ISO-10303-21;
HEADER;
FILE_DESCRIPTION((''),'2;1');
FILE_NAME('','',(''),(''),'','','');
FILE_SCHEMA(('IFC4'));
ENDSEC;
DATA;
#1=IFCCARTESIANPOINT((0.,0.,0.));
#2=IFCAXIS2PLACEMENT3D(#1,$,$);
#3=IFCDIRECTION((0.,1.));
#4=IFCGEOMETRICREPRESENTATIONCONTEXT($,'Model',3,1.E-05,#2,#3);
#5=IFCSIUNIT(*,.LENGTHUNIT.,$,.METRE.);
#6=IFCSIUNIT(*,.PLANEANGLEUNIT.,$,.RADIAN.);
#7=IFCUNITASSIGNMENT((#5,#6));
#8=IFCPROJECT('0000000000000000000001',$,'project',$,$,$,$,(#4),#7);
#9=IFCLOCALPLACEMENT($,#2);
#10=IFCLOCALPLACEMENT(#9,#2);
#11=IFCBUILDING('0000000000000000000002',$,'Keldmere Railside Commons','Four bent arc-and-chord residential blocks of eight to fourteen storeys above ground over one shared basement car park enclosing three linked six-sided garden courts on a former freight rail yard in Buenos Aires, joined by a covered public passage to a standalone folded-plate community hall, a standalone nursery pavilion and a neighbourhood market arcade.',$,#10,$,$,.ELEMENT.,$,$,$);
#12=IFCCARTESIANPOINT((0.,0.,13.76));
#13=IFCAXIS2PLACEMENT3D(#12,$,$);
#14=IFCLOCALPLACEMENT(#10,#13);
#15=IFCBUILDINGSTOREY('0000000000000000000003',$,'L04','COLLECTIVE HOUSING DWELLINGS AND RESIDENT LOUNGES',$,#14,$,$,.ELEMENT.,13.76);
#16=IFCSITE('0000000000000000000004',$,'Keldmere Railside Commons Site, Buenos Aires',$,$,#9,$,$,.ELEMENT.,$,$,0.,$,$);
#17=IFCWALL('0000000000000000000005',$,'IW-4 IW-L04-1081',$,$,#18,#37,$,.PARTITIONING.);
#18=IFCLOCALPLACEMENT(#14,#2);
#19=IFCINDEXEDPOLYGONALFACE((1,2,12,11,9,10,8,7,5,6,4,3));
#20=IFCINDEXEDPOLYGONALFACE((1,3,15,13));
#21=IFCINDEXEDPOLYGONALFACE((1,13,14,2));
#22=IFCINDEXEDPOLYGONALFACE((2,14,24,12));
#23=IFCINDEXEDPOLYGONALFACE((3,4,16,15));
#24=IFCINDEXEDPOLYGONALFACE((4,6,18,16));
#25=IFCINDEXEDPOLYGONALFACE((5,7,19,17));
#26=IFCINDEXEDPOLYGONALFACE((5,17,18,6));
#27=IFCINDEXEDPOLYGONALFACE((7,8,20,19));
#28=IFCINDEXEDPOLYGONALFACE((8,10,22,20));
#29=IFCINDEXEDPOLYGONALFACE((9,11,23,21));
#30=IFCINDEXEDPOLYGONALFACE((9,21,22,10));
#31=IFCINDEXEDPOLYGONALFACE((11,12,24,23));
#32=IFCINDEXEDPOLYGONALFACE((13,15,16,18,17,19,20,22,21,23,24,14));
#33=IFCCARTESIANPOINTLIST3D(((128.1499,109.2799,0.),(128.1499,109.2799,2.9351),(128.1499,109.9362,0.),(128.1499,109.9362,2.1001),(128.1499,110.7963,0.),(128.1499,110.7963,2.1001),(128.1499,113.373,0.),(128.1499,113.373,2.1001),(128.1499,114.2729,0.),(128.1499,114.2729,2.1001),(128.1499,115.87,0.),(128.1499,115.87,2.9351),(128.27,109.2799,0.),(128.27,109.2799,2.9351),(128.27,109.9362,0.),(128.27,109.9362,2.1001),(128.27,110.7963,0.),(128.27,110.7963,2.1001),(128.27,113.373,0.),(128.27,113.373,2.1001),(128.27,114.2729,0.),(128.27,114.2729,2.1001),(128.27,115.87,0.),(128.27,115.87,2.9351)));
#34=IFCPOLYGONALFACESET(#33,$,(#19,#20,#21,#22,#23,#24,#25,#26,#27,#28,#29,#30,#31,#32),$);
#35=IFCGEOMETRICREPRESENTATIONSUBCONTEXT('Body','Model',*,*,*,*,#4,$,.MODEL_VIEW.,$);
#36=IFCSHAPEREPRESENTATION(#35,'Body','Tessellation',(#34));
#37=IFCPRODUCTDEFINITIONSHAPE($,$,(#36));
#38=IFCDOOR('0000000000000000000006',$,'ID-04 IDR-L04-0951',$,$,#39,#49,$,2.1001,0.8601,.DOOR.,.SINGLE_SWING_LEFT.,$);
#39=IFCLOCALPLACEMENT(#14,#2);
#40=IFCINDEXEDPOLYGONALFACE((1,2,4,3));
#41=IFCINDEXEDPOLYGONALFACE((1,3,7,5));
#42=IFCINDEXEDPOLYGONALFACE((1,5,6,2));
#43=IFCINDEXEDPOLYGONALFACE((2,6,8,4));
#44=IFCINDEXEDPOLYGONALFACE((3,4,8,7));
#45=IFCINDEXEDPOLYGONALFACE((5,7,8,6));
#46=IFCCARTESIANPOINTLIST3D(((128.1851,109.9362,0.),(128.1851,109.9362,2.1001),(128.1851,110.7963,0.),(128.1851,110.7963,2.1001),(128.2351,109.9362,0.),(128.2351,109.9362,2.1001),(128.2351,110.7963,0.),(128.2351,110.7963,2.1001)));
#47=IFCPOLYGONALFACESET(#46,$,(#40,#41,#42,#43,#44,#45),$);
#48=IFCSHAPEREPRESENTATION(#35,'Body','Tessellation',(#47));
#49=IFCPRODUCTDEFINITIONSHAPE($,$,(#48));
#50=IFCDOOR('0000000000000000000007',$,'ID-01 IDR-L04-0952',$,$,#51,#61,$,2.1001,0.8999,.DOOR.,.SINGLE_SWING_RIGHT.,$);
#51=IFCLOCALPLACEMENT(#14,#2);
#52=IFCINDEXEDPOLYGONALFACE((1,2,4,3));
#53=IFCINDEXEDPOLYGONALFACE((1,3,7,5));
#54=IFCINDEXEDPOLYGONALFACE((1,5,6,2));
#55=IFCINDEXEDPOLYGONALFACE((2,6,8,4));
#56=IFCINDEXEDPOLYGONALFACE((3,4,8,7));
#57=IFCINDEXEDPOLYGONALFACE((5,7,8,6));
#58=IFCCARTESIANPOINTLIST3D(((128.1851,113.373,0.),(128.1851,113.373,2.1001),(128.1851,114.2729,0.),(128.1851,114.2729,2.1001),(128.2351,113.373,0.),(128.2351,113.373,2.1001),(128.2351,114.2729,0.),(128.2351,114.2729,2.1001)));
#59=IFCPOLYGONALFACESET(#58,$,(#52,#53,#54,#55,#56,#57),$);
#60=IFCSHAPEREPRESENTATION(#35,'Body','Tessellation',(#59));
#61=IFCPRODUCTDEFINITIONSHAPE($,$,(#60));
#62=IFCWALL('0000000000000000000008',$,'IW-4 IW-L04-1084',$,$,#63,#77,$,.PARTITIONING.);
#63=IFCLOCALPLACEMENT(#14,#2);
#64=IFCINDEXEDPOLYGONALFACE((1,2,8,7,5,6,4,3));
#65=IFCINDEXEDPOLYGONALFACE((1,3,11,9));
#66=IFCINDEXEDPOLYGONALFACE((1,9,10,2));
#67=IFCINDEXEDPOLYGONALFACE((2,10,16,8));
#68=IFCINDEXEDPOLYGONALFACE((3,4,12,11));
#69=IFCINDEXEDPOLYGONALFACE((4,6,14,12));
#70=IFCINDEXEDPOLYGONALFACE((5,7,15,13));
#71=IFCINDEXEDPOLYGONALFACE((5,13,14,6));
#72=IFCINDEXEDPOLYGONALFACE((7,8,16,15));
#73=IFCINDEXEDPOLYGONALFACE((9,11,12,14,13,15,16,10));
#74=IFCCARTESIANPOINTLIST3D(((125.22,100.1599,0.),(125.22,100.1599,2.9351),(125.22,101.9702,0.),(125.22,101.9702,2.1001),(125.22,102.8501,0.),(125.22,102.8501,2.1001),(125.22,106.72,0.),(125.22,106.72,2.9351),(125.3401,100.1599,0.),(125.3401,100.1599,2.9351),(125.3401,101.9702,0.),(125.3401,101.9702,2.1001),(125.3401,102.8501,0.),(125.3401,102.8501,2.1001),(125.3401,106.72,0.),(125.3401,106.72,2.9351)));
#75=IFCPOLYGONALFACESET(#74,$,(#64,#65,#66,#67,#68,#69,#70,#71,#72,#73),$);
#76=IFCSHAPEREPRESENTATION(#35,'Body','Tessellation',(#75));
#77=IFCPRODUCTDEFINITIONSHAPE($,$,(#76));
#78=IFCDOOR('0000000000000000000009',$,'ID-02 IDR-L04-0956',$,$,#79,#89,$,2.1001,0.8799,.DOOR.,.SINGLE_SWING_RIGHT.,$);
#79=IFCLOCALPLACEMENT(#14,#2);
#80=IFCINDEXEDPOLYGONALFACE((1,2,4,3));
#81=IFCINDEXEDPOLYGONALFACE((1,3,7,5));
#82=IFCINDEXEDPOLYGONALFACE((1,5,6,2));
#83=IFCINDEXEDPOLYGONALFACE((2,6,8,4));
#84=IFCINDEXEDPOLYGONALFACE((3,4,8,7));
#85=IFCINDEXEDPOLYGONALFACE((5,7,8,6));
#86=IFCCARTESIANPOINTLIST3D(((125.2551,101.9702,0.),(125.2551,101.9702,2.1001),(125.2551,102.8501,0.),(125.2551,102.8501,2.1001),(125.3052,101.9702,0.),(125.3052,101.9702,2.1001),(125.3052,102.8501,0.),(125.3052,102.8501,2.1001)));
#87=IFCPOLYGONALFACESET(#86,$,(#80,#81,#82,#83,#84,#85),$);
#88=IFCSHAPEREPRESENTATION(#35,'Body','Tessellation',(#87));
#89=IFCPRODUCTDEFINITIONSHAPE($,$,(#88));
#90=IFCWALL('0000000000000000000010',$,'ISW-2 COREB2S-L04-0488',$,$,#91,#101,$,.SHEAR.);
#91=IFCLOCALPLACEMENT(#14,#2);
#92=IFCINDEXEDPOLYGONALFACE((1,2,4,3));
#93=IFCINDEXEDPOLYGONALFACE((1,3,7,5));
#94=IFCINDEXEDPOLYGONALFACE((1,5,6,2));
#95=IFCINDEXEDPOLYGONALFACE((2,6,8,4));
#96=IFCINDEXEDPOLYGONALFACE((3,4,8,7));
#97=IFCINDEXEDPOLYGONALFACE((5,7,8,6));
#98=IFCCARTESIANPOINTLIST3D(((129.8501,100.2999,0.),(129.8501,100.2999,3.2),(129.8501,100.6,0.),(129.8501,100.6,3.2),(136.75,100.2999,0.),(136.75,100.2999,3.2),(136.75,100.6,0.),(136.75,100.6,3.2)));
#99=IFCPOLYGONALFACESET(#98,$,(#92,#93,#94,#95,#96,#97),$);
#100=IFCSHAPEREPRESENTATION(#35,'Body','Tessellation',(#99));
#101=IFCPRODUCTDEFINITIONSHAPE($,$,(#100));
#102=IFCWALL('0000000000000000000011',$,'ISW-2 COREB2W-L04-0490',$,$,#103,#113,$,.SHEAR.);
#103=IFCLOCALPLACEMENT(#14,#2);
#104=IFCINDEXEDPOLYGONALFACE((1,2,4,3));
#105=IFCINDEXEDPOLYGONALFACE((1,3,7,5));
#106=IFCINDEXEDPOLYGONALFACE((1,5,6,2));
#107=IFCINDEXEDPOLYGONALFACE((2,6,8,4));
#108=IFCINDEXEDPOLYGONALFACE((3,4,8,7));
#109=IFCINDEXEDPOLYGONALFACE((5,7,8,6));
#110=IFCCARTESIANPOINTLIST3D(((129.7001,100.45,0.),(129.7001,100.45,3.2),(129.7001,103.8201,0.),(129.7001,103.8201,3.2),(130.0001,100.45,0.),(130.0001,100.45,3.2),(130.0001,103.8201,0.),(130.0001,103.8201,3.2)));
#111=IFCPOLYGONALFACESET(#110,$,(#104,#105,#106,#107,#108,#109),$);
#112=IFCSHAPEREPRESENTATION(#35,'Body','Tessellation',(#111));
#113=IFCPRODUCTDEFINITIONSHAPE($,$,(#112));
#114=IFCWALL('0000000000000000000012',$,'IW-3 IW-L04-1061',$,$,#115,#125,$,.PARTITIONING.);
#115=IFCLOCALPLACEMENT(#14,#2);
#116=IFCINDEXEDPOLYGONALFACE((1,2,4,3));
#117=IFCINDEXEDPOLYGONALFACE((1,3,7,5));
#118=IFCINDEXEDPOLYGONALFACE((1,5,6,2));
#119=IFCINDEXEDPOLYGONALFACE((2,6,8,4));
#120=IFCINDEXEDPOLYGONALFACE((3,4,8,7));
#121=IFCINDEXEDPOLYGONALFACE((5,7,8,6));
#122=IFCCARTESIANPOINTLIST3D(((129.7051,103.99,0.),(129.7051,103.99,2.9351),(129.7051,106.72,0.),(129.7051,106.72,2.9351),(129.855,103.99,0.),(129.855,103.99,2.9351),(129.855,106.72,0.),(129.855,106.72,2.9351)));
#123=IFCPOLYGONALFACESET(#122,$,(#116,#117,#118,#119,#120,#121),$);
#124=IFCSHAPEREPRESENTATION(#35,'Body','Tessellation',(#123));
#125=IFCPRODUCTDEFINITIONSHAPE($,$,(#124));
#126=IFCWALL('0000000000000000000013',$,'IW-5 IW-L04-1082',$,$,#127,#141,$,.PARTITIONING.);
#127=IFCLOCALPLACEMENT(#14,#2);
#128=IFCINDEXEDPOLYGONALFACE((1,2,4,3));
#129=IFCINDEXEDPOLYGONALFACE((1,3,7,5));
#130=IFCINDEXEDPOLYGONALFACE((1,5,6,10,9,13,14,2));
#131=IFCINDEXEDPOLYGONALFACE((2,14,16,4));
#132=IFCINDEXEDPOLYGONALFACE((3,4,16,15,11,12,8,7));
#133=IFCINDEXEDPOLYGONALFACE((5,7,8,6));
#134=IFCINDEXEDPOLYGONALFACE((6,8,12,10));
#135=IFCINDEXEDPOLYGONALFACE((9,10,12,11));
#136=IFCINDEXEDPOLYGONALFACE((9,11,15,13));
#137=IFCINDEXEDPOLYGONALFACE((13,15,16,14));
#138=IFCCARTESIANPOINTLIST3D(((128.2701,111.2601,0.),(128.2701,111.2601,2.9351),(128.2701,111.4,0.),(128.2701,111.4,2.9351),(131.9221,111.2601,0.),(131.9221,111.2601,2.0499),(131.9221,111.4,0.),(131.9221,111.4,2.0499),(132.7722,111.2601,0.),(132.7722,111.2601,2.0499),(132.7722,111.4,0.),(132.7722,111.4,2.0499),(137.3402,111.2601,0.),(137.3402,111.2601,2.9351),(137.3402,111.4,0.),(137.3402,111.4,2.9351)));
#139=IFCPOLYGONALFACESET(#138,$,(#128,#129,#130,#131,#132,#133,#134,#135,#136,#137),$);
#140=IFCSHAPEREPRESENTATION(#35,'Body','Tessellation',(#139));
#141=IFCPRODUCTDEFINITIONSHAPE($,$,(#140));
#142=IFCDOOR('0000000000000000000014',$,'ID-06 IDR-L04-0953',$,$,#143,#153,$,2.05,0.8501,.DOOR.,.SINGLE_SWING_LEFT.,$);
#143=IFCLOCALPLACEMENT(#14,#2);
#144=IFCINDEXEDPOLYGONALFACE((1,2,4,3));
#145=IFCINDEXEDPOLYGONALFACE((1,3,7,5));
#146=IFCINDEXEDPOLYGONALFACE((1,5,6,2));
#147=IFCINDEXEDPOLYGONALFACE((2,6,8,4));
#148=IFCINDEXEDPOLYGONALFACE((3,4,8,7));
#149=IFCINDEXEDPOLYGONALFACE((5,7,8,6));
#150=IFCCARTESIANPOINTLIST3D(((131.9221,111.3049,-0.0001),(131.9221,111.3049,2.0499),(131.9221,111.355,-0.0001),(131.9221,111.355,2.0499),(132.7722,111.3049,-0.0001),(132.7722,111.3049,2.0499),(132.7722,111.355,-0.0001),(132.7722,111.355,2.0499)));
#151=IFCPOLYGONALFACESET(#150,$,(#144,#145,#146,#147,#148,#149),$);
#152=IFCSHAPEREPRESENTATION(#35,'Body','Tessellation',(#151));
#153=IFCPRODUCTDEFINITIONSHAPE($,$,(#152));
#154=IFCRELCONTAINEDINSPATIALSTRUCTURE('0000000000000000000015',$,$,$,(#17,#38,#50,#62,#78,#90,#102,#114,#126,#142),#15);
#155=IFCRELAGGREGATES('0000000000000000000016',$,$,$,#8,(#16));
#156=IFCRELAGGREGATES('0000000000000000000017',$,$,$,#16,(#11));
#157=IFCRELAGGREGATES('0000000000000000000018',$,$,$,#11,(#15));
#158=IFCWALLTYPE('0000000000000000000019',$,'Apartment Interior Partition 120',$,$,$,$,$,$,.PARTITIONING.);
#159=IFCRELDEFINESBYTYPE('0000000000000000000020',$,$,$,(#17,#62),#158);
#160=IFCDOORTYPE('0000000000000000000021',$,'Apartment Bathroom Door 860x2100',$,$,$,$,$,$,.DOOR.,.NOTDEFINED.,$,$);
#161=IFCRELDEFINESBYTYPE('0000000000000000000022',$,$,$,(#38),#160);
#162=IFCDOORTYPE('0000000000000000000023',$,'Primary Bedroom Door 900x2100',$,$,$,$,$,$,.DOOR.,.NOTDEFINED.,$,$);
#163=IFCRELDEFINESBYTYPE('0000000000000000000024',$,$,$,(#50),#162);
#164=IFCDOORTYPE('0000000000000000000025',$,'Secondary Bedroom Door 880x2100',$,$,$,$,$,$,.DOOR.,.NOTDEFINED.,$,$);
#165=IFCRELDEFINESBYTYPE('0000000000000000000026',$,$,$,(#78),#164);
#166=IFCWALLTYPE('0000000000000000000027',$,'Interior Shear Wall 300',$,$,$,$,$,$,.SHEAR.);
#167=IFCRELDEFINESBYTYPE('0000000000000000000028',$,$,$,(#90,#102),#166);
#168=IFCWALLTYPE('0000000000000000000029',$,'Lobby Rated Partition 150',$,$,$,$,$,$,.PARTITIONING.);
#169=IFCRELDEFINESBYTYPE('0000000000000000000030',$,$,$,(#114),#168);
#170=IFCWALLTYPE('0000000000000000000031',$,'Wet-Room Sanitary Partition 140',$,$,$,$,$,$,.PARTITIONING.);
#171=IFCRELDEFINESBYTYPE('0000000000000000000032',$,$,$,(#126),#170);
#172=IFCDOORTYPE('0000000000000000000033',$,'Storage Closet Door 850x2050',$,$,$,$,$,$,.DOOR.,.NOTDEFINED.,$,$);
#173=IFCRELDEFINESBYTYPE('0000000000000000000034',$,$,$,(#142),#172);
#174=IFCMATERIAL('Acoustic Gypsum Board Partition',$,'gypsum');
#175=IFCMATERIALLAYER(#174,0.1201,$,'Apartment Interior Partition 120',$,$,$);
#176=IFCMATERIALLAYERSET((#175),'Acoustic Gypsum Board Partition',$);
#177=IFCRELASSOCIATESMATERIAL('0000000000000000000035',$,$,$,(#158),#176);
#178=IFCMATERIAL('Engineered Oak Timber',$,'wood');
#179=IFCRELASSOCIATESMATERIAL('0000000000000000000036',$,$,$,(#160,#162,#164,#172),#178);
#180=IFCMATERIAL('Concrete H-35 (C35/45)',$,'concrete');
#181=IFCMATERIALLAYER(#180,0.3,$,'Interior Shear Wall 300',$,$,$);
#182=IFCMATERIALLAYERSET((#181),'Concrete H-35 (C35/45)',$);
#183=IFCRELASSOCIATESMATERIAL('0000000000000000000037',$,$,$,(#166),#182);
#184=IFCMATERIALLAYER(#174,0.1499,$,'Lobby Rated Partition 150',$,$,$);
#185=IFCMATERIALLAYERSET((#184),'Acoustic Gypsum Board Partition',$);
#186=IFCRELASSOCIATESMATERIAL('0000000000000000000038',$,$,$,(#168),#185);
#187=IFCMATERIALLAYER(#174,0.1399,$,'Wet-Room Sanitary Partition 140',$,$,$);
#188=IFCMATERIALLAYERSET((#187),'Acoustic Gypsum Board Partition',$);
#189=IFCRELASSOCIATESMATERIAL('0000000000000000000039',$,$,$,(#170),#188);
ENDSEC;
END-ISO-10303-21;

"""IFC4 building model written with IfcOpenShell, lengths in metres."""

from ifc_helpers import new_model, si_unit, direction, frame, frame_2d, origin, place, context, subcontext, project, spatial, rectangle, extrude, material, layer, layer_set, type_object, element, fill, save


model = new_model("IFC4")

# Units and contexts
model_context = context("Model", 3, precision=1e-05, world=origin(), true_north=direction((0.0, 1.0)))
body_context = subcontext(model_context, "Body", "Model", "MODEL_VIEW")
ifc_project = project(units=[si_unit("LENGTHUNIT", "METRE"), si_unit("PLANEANGLEUNIT", "RADIAN")], contexts=[model_context])

# Site, building, storey
site_placement = place(None, origin())
site = spatial("IfcSite", under=ifc_project, at=site_placement, Name="Keldmere Railside Commons Site, Buenos Aires", CompositionType="ELEMENT", RefElevation=0.0)
building_placement = place(site_placement, origin())
building = spatial("IfcBuilding", under=site, at=building_placement, Name="Keldmere Railside Commons", Description="Four bent arc-and-chord residential blocks of eight to fourteen storeys above ground over one shared basement car park enclosing three linked six-sided garden courts on a former freight rail yard in Buenos Aires, joined by a covered public passage to a standalone folded-plate community hall, a standalone nursery pavilion and a neighbourhood market arcade.", CompositionType="ELEMENT")
storey_placement = place(building_placement, frame((0.0, 0.0, 13.76)))
storey = spatial("IfcBuildingStorey", under=building, at=storey_placement, Name="L04", Description="COLLECTIVE HOUSING DWELLINGS AND RESIDENT LOUNGES", CompositionType="ELEMENT", Elevation=13.76)

# Shared definitions
ifc_material_1 = material(Name="Concrete H-35 (C35/45)", Category="concrete")

# Wall, openings, doors
ifc_material_2 = material(Name="Acoustic Gypsum Board Partition", Category="gypsum")
ifc_layer_1 = layer(ifc_material_2, 0.1201, Name="Apartment Interior Partition 120")
ifc_layer_set_1 = layer_set([ifc_layer_1], Name="Acoustic Gypsum Board Partition")
wall_type_1 = type_object("IfcWallType", Name="Apartment Interior Partition 120", PredefinedType="PARTITIONING", material=ifc_layer_set_1)
wall_1_placement = place(storey_placement, frame((128.21, 109.28, 0.0), z_axis=(0.0, 0.0, 1.0), x_axis=(0.0, 1.0, 0.0)))
wall_1 = element("IfcWall", 1, at=wall_1_placement, inside=storey, type_object=wall_type_1, Name="IW-4 IW-L04-1081", PredefinedType="PARTITIONING", context=body_context, shape_type="SweptSolid", body=[
    extrude(rectangle(XDim=6.5901, YDim=0.1201, at=frame_2d((3.2949, 0.0))), origin(), (0.0, 0.0, 1.0), 2.9351),
])
opening_1_placement = place(wall_1_placement, frame((0.656, 0.0, 0.0)))
opening_1 = element("IfcOpeningElement", 2, at=opening_1_placement, cuts=wall_1, PredefinedType="OPENING", context=body_context, shape_type="SweptSolid", body=[
    extrude(rectangle(XDim=0.8601, YDim=2.1001, at=frame_2d((0.4302, 1.05))), frame((0.0, 0.0701, 0.0), z_axis=(0.0, -1.0, 0.0), x_axis=(1.0, 0.0, 0.0)), (0.0, 0.0, 1.0), 0.1401),
])
opening_2_placement = place(wall_1_placement, frame((4.093, 0.0, 0.0)))
opening_2 = element("IfcOpeningElement", 3, at=opening_2_placement, cuts=wall_1, PredefinedType="OPENING", context=body_context, shape_type="SweptSolid", body=[
    extrude(rectangle(XDim=0.8999, YDim=2.1001, at=frame_2d((0.45, 1.05))), frame((0.0, 0.0701, 0.0), z_axis=(0.0, -1.0, 0.0), x_axis=(1.0, 0.0, 0.0)), (0.0, 0.0, 1.0), 0.1401),
])
ifc_material_3 = material(Name="Engineered Oak Timber", Category="wood")
door_type_1 = type_object("IfcDoorType", Name="Apartment Bathroom Door 860x2100", OperationType="NOTDEFINED", PredefinedType="DOOR", material=ifc_material_3)
door_1_placement = place(opening_1_placement, origin())
door_1 = element("IfcDoor", 4, at=door_1_placement, inside=storey, type_object=door_type_1, Name="ID-04 IDR-L04-0951", OperationType="SINGLE_SWING_LEFT", OverallHeight=2.1001, OverallWidth=0.8601, PredefinedType="DOOR", context=body_context, shape_type="SweptSolid", body=[
    extrude(rectangle(XDim=0.8601, YDim=2.1001, at=frame_2d((0.4302, 1.05))), frame((0.0, 0.0249, 0.0), z_axis=(0.0, -1.0, 0.0), x_axis=(1.0, 0.0, 0.0)), (0.0, 0.0, 1.0), 0.05),
])
fill(opening_1, door_1)
door_type_2 = type_object("IfcDoorType", Name="Primary Bedroom Door 900x2100", OperationType="NOTDEFINED", PredefinedType="DOOR", material=ifc_material_3)
door_2_placement = place(opening_2_placement, origin())
door_2 = element("IfcDoor", 5, at=door_2_placement, inside=storey, type_object=door_type_2, Name="ID-01 IDR-L04-0952", OperationType="SINGLE_SWING_RIGHT", OverallHeight=2.1001, OverallWidth=0.8999, PredefinedType="DOOR", context=body_context, shape_type="SweptSolid", body=[
    extrude(rectangle(XDim=0.8999, YDim=2.1001, at=frame_2d((0.45, 1.05))), frame((0.0, 0.0249, 0.0), z_axis=(0.0, -1.0, 0.0), x_axis=(1.0, 0.0, 0.0)), (0.0, 0.0, 1.0), 0.05),
])
fill(opening_2, door_2)

# Wall, opening, door
wall_2_placement = place(storey_placement, frame((125.28, 100.1599, 0.0), z_axis=(0.0, 0.0, 1.0), x_axis=(0.0, 1.0, 0.0)))
wall_2 = element("IfcWall", 6, at=wall_2_placement, inside=storey, type_object=wall_type_1, Name="IW-4 IW-L04-1084", PredefinedType="PARTITIONING", context=body_context, shape_type="SweptSolid", body=[
    extrude(rectangle(XDim=6.5601, YDim=0.1201, at=frame_2d((3.28, 0.0))), origin(), (0.0, 0.0, 1.0), 2.9351),
])
opening_3_placement = place(wall_2_placement, frame((1.8103, 0.0, 0.0)))
opening_3 = element("IfcOpeningElement", 7, at=opening_3_placement, cuts=wall_2, PredefinedType="OPENING", context=body_context, shape_type="SweptSolid", body=[
    extrude(rectangle(XDim=0.8799, YDim=2.1001, at=frame_2d((0.4399, 1.05))), frame((0.0, 0.0701, 0.0), z_axis=(0.0, -1.0, 0.0), x_axis=(1.0, 0.0, 0.0)), (0.0, 0.0, 1.0), 0.1401),
])
door_type_3 = type_object("IfcDoorType", Name="Secondary Bedroom Door 880x2100", OperationType="NOTDEFINED", PredefinedType="DOOR", material=ifc_material_3)
door_3_placement = place(opening_3_placement, origin())
door_3 = element("IfcDoor", 8, at=door_3_placement, inside=storey, type_object=door_type_3, Name="ID-02 IDR-L04-0956", OperationType="SINGLE_SWING_RIGHT", OverallHeight=2.1001, OverallWidth=0.8799, PredefinedType="DOOR", context=body_context, shape_type="SweptSolid", body=[
    extrude(rectangle(XDim=0.8799, YDim=2.1001, at=frame_2d((0.4399, 1.05))), frame((0.0, 0.0249, 0.0), z_axis=(0.0, -1.0, 0.0), x_axis=(1.0, 0.0, 0.0)), (0.0, 0.0, 1.0), 0.05),
])
fill(opening_3, door_3)

# Walls
ifc_layer_2 = layer(ifc_material_1, 0.3, Name="Interior Shear Wall 300")
ifc_layer_set_2 = layer_set([ifc_layer_2], Name="Concrete H-35 (C35/45)")
wall_type_2 = type_object("IfcWallType", Name="Interior Shear Wall 300", PredefinedType="SHEAR", material=ifc_layer_set_2)
wall_3_placement = place(storey_placement, frame((129.8501, 100.45, 0.0), z_axis=(0.0, 0.0, 1.0), x_axis=(1.0, 0.0, 0.0)))
element("IfcWall", 9, at=wall_3_placement, inside=storey, type_object=wall_type_2, Name="ISW-2 COREB2S-L04-0488", PredefinedType="SHEAR", context=body_context, shape_type="SweptSolid", body=[
    extrude(rectangle(XDim=6.8999, YDim=0.3, at=frame_2d((3.45, 0.0))), origin(), (0.0, 0.0, 1.0), 3.2),
])
wall_4_placement = place(storey_placement, frame((129.8501, 103.8201, 0.0), z_axis=(0.0, 0.0, 1.0), x_axis=(0.0, -1.0, 0.0)))
element("IfcWall", 10, at=wall_4_placement, inside=storey, type_object=wall_type_2, Name="ISW-2 COREB2W-L04-0490", PredefinedType="SHEAR", context=body_context, shape_type="SweptSolid", body=[
    extrude(rectangle(XDim=3.3701, YDim=0.3, at=frame_2d((1.6851, 0.0))), origin(), (0.0, 0.0, 1.0), 3.2),
])
ifc_layer_3 = layer(ifc_material_2, 0.1499, Name="Lobby Rated Partition 150")
ifc_layer_set_3 = layer_set([ifc_layer_3], Name="Acoustic Gypsum Board Partition")
wall_type_3 = type_object("IfcWallType", Name="Lobby Rated Partition 150", PredefinedType="PARTITIONING", material=ifc_layer_set_3)
wall_5_placement = place(storey_placement, frame((129.78, 103.99, 0.0), z_axis=(0.0, 0.0, 1.0), x_axis=(0.0, 1.0, 0.0)))
element("IfcWall", 11, at=wall_5_placement, inside=storey, type_object=wall_type_3, Name="IW-3 IW-L04-1061", PredefinedType="PARTITIONING", context=body_context, shape_type="SweptSolid", body=[
    extrude(rectangle(XDim=2.73, YDim=0.1499, at=frame_2d((1.365, 0.0))), origin(), (0.0, 0.0, 1.0), 2.9351),
])

# Wall, opening, door
ifc_layer_4 = layer(ifc_material_2, 0.1399, Name="Wet-Room Sanitary Partition 140")
ifc_layer_set_4 = layer_set([ifc_layer_4], Name="Acoustic Gypsum Board Partition")
wall_type_4 = type_object("IfcWallType", Name="Wet-Room Sanitary Partition 140", PredefinedType="PARTITIONING", material=ifc_layer_set_4)
wall_6_placement = place(storey_placement, frame((128.27, 111.3301, 0.0), z_axis=(0.0, 0.0, 1.0), x_axis=(1.0, 0.0, 0.0)))
wall_6 = element("IfcWall", 12, at=wall_6_placement, inside=storey, type_object=wall_type_4, Name="IW-5 IW-L04-1082", PredefinedType="PARTITIONING", context=body_context, shape_type="SweptSolid", body=[
    extrude(rectangle(XDim=9.0701, YDim=0.1399, at=frame_2d((4.5352, 0.0))), origin(), (0.0, 0.0, 1.0), 2.9351),
])
opening_4_placement = place(wall_6_placement, frame((3.6521, 0.0, 0.0)))
opening_4 = element("IfcOpeningElement", 13, at=opening_4_placement, cuts=wall_6, PredefinedType="OPENING", context=body_context, shape_type="SweptSolid", body=[
    extrude(rectangle(XDim=0.8501, YDim=2.05, at=frame_2d((0.425, 1.0249))), frame((0.0, 0.0798, 0.0), z_axis=(0.0, -1.0, 0.0), x_axis=(1.0, 0.0, 0.0)), (0.0, 0.0, 1.0), 0.1599),
])
door_type_4 = type_object("IfcDoorType", Name="Storage Closet Door 850x2050", OperationType="NOTDEFINED", PredefinedType="DOOR", material=ifc_material_3)
door_4_placement = place(opening_4_placement, origin())
door_4 = element("IfcDoor", 14, at=door_4_placement, inside=storey, type_object=door_type_4, Name="ID-06 IDR-L04-0953", OperationType="SINGLE_SWING_LEFT", OverallHeight=2.05, OverallWidth=0.8501, PredefinedType="DOOR", context=body_context, shape_type="SweptSolid", body=[
    extrude(rectangle(XDim=0.8501, YDim=2.05, at=frame_2d((0.425, 1.0249))), frame((0.0, 0.0249, 0.0), z_axis=(0.0, -1.0, 0.0), x_axis=(1.0, 0.0, 0.0)), (0.0, 0.0, 1.0), 0.05),
])
fill(opening_4, door_4)

save(model, "model.ifc")
